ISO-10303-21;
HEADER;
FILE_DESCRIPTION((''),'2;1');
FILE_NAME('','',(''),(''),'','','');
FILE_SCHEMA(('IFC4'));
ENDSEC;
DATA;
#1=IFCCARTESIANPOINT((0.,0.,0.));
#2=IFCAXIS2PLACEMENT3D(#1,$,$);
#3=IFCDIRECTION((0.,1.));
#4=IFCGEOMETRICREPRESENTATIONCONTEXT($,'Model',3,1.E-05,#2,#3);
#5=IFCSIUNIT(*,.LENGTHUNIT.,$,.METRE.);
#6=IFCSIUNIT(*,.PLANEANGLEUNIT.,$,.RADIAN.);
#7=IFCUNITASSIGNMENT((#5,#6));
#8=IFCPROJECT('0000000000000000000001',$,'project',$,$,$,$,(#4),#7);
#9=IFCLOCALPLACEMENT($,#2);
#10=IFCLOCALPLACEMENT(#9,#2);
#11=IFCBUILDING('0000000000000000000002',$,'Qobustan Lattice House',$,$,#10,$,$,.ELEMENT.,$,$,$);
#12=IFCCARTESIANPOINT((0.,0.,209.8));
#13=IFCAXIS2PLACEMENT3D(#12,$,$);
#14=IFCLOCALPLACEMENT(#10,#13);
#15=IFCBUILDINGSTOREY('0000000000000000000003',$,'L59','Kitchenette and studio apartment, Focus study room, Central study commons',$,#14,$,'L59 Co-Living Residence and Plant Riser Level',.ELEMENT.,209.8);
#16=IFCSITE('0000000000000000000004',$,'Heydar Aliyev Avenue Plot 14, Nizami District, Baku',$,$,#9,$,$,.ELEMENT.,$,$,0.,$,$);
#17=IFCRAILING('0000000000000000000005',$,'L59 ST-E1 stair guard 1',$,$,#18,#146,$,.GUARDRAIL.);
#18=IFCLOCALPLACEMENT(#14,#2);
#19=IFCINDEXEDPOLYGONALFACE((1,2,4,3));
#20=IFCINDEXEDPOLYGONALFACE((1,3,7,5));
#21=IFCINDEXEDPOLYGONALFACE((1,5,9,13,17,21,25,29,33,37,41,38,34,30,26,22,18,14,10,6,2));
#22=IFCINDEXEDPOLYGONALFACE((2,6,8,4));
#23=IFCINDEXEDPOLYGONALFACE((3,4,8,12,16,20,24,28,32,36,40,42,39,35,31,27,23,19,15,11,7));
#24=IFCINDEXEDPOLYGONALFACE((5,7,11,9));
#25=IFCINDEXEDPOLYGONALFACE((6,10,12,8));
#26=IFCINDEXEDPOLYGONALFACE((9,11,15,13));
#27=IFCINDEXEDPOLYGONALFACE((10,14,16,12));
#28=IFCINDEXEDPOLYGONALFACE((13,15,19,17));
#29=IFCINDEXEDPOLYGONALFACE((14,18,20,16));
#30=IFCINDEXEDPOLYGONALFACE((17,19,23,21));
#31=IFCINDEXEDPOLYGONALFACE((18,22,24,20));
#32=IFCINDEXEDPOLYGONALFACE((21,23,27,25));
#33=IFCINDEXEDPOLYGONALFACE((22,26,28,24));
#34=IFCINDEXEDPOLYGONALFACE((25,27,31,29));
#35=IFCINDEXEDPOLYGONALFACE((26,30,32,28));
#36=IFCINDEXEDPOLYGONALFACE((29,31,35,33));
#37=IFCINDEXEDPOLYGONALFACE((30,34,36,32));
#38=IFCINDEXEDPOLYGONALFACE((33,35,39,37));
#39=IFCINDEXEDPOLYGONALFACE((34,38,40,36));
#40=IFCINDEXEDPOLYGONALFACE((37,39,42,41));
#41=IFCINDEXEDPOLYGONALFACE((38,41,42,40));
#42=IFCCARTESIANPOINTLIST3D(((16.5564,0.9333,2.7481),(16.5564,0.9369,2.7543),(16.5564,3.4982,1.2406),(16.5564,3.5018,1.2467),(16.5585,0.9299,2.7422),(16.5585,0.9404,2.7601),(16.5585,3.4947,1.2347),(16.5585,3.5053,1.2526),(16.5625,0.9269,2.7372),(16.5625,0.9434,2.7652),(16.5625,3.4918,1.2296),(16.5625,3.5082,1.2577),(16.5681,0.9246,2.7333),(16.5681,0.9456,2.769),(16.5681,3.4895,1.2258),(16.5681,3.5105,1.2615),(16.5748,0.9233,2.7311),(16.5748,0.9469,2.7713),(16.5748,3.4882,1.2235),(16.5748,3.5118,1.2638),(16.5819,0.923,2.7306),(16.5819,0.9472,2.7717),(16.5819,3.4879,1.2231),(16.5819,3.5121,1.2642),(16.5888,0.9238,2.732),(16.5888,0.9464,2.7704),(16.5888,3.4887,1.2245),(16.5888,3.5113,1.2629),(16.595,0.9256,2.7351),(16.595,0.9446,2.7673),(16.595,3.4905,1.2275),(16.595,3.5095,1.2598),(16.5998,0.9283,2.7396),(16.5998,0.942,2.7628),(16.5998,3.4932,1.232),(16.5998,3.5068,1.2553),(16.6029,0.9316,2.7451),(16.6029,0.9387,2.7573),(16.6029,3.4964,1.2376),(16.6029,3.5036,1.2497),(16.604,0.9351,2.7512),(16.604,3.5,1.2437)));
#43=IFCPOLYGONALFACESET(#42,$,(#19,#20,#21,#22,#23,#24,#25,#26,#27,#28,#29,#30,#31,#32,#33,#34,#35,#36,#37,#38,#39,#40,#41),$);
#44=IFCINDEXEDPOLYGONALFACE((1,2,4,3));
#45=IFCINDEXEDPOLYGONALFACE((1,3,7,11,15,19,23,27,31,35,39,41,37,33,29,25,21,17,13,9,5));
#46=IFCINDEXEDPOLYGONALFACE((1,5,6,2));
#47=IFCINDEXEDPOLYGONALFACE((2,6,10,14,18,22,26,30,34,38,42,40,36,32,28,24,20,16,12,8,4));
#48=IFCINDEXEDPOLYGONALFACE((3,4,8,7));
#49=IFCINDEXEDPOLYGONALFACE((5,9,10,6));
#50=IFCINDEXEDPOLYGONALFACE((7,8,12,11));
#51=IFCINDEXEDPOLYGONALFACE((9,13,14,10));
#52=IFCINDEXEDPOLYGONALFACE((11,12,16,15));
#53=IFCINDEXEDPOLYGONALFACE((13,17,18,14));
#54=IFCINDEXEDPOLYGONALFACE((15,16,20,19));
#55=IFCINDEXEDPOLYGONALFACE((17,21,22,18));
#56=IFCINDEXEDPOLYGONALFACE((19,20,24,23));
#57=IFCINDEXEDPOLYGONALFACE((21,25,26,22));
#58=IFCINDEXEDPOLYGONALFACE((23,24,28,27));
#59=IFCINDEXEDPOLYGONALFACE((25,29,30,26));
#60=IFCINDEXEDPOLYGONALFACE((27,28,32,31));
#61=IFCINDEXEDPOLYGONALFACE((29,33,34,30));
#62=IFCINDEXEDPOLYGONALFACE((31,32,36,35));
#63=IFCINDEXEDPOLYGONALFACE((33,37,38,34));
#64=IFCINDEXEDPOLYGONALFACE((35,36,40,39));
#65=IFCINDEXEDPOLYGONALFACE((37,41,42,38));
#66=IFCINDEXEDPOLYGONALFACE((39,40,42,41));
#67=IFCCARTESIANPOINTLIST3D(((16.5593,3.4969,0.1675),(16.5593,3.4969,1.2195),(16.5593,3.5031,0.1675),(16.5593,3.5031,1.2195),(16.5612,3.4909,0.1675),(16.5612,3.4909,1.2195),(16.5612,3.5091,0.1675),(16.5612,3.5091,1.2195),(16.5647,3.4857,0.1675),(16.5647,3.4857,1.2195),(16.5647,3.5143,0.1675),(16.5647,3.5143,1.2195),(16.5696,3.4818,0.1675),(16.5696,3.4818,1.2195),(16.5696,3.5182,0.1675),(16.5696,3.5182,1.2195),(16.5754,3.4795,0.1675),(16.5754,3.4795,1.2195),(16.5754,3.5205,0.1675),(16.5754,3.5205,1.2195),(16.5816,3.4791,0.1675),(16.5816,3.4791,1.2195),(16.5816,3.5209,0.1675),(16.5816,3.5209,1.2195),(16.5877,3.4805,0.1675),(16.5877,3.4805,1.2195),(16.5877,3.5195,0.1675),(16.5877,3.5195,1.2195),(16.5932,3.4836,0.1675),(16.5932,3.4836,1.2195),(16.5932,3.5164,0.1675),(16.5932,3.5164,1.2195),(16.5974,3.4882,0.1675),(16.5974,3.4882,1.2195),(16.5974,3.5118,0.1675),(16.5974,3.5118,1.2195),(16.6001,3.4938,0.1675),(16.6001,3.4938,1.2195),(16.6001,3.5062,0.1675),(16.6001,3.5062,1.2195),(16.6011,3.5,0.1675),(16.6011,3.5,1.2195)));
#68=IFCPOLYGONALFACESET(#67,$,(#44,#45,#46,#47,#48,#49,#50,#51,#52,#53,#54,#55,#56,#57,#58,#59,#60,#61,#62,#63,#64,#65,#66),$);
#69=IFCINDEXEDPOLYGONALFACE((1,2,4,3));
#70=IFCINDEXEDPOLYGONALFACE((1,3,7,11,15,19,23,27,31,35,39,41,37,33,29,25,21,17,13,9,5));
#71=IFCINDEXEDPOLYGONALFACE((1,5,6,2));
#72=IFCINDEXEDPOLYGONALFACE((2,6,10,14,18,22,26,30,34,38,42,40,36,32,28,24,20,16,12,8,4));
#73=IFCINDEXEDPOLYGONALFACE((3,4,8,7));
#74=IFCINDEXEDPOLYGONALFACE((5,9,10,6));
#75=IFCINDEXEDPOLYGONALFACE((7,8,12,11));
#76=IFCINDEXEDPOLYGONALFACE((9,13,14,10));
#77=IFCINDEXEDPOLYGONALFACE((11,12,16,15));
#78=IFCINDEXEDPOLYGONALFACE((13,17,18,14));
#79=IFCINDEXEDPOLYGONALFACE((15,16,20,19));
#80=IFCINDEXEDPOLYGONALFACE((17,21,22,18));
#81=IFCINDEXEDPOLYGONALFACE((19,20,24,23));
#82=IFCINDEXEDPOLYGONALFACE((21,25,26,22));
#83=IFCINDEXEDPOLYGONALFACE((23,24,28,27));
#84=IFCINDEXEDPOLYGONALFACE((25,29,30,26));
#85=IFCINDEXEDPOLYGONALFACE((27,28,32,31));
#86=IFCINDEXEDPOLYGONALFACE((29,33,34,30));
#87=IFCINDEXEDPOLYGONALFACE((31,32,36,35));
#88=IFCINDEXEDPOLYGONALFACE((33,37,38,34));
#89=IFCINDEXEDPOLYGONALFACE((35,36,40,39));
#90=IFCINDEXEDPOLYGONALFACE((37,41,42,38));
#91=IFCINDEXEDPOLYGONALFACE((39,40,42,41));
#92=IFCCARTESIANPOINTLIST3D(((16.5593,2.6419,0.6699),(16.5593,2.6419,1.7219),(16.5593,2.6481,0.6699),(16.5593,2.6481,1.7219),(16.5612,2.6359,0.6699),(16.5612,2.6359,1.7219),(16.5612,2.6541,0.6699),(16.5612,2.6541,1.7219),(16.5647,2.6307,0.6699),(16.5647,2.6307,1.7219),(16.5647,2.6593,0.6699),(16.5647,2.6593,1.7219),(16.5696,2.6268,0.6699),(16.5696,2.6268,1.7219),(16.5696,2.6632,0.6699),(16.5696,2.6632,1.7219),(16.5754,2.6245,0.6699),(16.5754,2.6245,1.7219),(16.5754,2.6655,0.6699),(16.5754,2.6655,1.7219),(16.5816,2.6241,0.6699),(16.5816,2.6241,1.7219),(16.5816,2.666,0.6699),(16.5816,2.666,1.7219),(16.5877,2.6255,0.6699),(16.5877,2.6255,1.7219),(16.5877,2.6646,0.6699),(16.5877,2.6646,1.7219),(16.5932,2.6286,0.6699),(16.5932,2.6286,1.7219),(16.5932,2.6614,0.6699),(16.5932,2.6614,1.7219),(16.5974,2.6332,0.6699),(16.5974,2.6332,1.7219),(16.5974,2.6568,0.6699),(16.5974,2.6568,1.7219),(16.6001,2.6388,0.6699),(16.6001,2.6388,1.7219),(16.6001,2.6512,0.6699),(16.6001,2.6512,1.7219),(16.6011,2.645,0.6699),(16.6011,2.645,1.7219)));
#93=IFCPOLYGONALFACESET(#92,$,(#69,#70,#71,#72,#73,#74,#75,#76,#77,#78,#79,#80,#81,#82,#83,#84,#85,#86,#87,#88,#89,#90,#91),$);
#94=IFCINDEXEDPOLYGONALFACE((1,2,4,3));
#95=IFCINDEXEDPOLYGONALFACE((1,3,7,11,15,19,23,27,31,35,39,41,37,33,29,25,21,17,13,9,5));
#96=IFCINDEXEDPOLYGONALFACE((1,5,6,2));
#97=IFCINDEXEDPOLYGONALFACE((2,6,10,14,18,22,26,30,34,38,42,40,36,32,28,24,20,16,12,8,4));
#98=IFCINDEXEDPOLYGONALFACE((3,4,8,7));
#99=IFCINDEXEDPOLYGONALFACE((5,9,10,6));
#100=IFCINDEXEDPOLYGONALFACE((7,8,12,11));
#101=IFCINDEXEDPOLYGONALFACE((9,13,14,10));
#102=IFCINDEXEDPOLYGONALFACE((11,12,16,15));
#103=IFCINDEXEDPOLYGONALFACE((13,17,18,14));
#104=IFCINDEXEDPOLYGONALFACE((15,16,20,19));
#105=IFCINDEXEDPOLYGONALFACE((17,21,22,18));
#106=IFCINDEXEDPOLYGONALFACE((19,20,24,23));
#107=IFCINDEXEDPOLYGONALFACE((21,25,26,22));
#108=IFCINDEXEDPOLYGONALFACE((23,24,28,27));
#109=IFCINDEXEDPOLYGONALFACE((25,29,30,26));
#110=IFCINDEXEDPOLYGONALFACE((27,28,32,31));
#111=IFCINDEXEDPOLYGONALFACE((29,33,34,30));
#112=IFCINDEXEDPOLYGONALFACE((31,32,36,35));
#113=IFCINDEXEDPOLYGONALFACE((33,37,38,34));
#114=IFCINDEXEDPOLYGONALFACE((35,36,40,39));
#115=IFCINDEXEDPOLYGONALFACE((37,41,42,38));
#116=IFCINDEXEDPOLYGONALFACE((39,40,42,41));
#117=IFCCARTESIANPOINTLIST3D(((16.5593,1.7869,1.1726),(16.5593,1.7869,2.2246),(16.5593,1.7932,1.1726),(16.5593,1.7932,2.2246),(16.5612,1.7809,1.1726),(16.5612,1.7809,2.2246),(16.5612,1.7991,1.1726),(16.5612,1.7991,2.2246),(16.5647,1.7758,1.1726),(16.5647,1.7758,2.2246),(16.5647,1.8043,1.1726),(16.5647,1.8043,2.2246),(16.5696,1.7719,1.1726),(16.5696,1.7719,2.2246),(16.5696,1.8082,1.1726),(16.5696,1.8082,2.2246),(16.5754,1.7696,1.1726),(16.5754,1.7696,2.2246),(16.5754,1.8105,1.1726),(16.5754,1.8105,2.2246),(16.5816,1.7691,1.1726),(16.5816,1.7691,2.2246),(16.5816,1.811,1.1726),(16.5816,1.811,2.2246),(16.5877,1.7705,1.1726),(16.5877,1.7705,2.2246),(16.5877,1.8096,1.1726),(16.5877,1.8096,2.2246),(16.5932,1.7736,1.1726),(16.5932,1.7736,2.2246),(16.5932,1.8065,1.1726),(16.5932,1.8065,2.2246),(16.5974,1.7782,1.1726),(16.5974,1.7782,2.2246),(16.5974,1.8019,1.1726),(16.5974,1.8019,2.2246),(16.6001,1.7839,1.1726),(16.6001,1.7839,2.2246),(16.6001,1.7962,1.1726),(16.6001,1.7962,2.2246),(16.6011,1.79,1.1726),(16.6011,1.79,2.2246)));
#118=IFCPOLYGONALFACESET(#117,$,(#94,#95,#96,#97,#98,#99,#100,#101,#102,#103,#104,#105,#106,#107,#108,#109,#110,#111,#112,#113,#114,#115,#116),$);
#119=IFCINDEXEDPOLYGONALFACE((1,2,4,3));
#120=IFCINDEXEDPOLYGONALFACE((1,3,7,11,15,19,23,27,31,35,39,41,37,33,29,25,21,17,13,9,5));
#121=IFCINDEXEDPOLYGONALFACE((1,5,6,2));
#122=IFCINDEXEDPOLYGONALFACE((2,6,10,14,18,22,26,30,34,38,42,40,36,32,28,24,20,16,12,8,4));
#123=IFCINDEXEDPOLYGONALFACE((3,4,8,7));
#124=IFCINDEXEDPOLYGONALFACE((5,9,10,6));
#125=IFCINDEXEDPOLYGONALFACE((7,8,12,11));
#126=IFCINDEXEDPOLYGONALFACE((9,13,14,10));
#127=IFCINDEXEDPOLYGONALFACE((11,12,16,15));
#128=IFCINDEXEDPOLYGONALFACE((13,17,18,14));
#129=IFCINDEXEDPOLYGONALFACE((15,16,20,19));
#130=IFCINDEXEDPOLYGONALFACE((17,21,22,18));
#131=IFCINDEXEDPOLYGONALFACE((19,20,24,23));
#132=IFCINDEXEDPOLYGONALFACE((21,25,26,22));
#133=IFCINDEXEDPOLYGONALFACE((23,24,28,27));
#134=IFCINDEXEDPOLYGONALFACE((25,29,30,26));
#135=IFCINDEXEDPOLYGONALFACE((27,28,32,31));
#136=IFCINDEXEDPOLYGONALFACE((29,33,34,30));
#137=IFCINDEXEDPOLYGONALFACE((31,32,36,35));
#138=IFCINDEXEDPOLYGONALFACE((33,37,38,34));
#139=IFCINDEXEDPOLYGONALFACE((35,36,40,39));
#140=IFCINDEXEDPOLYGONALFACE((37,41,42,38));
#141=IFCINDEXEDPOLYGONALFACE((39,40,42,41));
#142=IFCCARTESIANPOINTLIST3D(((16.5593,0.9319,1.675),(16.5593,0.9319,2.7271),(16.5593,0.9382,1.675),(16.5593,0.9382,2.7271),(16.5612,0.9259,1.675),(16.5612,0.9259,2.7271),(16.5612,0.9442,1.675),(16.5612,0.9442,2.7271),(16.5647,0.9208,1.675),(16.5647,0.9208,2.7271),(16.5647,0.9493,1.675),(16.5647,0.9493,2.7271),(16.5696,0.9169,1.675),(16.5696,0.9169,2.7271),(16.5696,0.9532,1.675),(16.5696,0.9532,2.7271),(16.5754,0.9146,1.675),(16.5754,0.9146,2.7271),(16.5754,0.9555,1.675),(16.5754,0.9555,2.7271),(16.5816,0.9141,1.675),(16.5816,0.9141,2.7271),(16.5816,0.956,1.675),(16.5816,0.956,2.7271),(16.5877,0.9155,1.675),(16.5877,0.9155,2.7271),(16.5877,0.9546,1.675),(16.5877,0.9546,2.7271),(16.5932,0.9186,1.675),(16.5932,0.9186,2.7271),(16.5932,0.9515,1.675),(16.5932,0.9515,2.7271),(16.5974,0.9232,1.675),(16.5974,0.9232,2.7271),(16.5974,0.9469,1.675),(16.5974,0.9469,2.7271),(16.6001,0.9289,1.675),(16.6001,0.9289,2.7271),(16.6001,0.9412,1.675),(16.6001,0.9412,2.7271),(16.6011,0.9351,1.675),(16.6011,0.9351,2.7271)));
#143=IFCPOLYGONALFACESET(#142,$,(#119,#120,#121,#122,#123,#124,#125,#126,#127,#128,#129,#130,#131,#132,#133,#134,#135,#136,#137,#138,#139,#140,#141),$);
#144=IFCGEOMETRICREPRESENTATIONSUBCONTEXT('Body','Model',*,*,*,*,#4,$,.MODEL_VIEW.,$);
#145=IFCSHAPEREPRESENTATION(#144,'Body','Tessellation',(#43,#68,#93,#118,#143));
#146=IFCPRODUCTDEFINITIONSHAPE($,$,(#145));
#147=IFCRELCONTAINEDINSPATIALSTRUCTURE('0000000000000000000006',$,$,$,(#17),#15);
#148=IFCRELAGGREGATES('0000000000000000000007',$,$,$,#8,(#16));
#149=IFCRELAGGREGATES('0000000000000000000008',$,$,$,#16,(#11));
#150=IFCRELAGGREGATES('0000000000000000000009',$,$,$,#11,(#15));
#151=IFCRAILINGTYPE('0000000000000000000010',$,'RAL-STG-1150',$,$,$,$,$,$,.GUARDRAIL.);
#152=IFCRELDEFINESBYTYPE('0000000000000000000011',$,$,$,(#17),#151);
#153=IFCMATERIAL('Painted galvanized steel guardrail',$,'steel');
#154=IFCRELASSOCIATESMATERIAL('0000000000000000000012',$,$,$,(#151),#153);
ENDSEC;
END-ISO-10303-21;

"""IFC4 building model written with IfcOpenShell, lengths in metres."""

from ifc_helpers import new_model, si_unit, direction, frame, origin, origin_2d, place, context, subcontext, project, spatial, circle, extrude, material, type_object, element, save


model = new_model("IFC4")

# Units and contexts
model_context = context("Model", 3, precision=1e-05, world=origin(), true_north=direction((0.0, 1.0)))
body_context = subcontext(model_context, "Body", "Model", "MODEL_VIEW")
ifc_project = project(units=[si_unit("LENGTHUNIT", "METRE"), si_unit("PLANEANGLEUNIT", "RADIAN")], contexts=[model_context])

# Site, building, storey
site_placement = place(None, origin())
site = spatial("IfcSite", under=ifc_project, at=site_placement, Name="Heydar Aliyev Avenue Plot 14, Nizami District, Baku", CompositionType="ELEMENT", RefElevation=0.0)
building_placement = place(site_placement, origin())
building = spatial("IfcBuilding", under=site, at=building_placement, Name="Qobustan Lattice House", CompositionType="ELEMENT")
storey_placement = place(building_placement, frame((0.0, 0.0, 209.8)))
storey = spatial("IfcBuildingStorey", under=building, at=storey_placement, Name="L59", Description="Kitchenette and studio apartment, Focus study room, Central study commons", LongName="L59 Co-Living Residence and Plant Riser Level", CompositionType="ELEMENT", Elevation=209.8)

# Railing
ifc_material_1 = material(Name="Painted galvanized steel guardrail", Category="steel")
railing_type_1 = type_object("IfcRailingType", Name="RAL-STG-1150", PredefinedType="GUARDRAIL", material=ifc_material_1)
railing_1_placement = place(storey_placement, frame((16.5801, 3.5, 0.1675)))
element("IfcRailing", 1, at=railing_1_placement, inside=storey, type_object=railing_type_1, Name="L59 ST-E1 stair guard 1", PredefinedType="GUARDRAIL", context=body_context, shape_type="SweptSolid", body=[
    extrude(circle(Radius=0.0239, at=origin_2d()), frame((0.0, 0.0, 1.0762), z_axis=(0.0, -0.862113, 0.506715), x_axis=(1.0, 0.0, 0.0)), (0.0, 0.0, 1.0), 2.9751),
    extrude(circle(Radius=0.021, at=origin_2d()), origin(), (0.0, 0.0, 1.0), 1.052),
    extrude(circle(Radius=0.021, at=origin_2d()), frame((0.0, -0.855, 0.5024)), (0.0, 0.0, 1.0), 1.052),
    extrude(circle(Radius=0.021, at=origin_2d()), frame((0.0, -1.71, 1.0051)), (0.0, 0.0, 1.0), 1.052),
    extrude(circle(Radius=0.021, at=origin_2d()), frame((0.0, -2.5649, 1.5076)), (0.0, 0.0, 1.0), 1.052),
])

save(model, "model.ifc")
